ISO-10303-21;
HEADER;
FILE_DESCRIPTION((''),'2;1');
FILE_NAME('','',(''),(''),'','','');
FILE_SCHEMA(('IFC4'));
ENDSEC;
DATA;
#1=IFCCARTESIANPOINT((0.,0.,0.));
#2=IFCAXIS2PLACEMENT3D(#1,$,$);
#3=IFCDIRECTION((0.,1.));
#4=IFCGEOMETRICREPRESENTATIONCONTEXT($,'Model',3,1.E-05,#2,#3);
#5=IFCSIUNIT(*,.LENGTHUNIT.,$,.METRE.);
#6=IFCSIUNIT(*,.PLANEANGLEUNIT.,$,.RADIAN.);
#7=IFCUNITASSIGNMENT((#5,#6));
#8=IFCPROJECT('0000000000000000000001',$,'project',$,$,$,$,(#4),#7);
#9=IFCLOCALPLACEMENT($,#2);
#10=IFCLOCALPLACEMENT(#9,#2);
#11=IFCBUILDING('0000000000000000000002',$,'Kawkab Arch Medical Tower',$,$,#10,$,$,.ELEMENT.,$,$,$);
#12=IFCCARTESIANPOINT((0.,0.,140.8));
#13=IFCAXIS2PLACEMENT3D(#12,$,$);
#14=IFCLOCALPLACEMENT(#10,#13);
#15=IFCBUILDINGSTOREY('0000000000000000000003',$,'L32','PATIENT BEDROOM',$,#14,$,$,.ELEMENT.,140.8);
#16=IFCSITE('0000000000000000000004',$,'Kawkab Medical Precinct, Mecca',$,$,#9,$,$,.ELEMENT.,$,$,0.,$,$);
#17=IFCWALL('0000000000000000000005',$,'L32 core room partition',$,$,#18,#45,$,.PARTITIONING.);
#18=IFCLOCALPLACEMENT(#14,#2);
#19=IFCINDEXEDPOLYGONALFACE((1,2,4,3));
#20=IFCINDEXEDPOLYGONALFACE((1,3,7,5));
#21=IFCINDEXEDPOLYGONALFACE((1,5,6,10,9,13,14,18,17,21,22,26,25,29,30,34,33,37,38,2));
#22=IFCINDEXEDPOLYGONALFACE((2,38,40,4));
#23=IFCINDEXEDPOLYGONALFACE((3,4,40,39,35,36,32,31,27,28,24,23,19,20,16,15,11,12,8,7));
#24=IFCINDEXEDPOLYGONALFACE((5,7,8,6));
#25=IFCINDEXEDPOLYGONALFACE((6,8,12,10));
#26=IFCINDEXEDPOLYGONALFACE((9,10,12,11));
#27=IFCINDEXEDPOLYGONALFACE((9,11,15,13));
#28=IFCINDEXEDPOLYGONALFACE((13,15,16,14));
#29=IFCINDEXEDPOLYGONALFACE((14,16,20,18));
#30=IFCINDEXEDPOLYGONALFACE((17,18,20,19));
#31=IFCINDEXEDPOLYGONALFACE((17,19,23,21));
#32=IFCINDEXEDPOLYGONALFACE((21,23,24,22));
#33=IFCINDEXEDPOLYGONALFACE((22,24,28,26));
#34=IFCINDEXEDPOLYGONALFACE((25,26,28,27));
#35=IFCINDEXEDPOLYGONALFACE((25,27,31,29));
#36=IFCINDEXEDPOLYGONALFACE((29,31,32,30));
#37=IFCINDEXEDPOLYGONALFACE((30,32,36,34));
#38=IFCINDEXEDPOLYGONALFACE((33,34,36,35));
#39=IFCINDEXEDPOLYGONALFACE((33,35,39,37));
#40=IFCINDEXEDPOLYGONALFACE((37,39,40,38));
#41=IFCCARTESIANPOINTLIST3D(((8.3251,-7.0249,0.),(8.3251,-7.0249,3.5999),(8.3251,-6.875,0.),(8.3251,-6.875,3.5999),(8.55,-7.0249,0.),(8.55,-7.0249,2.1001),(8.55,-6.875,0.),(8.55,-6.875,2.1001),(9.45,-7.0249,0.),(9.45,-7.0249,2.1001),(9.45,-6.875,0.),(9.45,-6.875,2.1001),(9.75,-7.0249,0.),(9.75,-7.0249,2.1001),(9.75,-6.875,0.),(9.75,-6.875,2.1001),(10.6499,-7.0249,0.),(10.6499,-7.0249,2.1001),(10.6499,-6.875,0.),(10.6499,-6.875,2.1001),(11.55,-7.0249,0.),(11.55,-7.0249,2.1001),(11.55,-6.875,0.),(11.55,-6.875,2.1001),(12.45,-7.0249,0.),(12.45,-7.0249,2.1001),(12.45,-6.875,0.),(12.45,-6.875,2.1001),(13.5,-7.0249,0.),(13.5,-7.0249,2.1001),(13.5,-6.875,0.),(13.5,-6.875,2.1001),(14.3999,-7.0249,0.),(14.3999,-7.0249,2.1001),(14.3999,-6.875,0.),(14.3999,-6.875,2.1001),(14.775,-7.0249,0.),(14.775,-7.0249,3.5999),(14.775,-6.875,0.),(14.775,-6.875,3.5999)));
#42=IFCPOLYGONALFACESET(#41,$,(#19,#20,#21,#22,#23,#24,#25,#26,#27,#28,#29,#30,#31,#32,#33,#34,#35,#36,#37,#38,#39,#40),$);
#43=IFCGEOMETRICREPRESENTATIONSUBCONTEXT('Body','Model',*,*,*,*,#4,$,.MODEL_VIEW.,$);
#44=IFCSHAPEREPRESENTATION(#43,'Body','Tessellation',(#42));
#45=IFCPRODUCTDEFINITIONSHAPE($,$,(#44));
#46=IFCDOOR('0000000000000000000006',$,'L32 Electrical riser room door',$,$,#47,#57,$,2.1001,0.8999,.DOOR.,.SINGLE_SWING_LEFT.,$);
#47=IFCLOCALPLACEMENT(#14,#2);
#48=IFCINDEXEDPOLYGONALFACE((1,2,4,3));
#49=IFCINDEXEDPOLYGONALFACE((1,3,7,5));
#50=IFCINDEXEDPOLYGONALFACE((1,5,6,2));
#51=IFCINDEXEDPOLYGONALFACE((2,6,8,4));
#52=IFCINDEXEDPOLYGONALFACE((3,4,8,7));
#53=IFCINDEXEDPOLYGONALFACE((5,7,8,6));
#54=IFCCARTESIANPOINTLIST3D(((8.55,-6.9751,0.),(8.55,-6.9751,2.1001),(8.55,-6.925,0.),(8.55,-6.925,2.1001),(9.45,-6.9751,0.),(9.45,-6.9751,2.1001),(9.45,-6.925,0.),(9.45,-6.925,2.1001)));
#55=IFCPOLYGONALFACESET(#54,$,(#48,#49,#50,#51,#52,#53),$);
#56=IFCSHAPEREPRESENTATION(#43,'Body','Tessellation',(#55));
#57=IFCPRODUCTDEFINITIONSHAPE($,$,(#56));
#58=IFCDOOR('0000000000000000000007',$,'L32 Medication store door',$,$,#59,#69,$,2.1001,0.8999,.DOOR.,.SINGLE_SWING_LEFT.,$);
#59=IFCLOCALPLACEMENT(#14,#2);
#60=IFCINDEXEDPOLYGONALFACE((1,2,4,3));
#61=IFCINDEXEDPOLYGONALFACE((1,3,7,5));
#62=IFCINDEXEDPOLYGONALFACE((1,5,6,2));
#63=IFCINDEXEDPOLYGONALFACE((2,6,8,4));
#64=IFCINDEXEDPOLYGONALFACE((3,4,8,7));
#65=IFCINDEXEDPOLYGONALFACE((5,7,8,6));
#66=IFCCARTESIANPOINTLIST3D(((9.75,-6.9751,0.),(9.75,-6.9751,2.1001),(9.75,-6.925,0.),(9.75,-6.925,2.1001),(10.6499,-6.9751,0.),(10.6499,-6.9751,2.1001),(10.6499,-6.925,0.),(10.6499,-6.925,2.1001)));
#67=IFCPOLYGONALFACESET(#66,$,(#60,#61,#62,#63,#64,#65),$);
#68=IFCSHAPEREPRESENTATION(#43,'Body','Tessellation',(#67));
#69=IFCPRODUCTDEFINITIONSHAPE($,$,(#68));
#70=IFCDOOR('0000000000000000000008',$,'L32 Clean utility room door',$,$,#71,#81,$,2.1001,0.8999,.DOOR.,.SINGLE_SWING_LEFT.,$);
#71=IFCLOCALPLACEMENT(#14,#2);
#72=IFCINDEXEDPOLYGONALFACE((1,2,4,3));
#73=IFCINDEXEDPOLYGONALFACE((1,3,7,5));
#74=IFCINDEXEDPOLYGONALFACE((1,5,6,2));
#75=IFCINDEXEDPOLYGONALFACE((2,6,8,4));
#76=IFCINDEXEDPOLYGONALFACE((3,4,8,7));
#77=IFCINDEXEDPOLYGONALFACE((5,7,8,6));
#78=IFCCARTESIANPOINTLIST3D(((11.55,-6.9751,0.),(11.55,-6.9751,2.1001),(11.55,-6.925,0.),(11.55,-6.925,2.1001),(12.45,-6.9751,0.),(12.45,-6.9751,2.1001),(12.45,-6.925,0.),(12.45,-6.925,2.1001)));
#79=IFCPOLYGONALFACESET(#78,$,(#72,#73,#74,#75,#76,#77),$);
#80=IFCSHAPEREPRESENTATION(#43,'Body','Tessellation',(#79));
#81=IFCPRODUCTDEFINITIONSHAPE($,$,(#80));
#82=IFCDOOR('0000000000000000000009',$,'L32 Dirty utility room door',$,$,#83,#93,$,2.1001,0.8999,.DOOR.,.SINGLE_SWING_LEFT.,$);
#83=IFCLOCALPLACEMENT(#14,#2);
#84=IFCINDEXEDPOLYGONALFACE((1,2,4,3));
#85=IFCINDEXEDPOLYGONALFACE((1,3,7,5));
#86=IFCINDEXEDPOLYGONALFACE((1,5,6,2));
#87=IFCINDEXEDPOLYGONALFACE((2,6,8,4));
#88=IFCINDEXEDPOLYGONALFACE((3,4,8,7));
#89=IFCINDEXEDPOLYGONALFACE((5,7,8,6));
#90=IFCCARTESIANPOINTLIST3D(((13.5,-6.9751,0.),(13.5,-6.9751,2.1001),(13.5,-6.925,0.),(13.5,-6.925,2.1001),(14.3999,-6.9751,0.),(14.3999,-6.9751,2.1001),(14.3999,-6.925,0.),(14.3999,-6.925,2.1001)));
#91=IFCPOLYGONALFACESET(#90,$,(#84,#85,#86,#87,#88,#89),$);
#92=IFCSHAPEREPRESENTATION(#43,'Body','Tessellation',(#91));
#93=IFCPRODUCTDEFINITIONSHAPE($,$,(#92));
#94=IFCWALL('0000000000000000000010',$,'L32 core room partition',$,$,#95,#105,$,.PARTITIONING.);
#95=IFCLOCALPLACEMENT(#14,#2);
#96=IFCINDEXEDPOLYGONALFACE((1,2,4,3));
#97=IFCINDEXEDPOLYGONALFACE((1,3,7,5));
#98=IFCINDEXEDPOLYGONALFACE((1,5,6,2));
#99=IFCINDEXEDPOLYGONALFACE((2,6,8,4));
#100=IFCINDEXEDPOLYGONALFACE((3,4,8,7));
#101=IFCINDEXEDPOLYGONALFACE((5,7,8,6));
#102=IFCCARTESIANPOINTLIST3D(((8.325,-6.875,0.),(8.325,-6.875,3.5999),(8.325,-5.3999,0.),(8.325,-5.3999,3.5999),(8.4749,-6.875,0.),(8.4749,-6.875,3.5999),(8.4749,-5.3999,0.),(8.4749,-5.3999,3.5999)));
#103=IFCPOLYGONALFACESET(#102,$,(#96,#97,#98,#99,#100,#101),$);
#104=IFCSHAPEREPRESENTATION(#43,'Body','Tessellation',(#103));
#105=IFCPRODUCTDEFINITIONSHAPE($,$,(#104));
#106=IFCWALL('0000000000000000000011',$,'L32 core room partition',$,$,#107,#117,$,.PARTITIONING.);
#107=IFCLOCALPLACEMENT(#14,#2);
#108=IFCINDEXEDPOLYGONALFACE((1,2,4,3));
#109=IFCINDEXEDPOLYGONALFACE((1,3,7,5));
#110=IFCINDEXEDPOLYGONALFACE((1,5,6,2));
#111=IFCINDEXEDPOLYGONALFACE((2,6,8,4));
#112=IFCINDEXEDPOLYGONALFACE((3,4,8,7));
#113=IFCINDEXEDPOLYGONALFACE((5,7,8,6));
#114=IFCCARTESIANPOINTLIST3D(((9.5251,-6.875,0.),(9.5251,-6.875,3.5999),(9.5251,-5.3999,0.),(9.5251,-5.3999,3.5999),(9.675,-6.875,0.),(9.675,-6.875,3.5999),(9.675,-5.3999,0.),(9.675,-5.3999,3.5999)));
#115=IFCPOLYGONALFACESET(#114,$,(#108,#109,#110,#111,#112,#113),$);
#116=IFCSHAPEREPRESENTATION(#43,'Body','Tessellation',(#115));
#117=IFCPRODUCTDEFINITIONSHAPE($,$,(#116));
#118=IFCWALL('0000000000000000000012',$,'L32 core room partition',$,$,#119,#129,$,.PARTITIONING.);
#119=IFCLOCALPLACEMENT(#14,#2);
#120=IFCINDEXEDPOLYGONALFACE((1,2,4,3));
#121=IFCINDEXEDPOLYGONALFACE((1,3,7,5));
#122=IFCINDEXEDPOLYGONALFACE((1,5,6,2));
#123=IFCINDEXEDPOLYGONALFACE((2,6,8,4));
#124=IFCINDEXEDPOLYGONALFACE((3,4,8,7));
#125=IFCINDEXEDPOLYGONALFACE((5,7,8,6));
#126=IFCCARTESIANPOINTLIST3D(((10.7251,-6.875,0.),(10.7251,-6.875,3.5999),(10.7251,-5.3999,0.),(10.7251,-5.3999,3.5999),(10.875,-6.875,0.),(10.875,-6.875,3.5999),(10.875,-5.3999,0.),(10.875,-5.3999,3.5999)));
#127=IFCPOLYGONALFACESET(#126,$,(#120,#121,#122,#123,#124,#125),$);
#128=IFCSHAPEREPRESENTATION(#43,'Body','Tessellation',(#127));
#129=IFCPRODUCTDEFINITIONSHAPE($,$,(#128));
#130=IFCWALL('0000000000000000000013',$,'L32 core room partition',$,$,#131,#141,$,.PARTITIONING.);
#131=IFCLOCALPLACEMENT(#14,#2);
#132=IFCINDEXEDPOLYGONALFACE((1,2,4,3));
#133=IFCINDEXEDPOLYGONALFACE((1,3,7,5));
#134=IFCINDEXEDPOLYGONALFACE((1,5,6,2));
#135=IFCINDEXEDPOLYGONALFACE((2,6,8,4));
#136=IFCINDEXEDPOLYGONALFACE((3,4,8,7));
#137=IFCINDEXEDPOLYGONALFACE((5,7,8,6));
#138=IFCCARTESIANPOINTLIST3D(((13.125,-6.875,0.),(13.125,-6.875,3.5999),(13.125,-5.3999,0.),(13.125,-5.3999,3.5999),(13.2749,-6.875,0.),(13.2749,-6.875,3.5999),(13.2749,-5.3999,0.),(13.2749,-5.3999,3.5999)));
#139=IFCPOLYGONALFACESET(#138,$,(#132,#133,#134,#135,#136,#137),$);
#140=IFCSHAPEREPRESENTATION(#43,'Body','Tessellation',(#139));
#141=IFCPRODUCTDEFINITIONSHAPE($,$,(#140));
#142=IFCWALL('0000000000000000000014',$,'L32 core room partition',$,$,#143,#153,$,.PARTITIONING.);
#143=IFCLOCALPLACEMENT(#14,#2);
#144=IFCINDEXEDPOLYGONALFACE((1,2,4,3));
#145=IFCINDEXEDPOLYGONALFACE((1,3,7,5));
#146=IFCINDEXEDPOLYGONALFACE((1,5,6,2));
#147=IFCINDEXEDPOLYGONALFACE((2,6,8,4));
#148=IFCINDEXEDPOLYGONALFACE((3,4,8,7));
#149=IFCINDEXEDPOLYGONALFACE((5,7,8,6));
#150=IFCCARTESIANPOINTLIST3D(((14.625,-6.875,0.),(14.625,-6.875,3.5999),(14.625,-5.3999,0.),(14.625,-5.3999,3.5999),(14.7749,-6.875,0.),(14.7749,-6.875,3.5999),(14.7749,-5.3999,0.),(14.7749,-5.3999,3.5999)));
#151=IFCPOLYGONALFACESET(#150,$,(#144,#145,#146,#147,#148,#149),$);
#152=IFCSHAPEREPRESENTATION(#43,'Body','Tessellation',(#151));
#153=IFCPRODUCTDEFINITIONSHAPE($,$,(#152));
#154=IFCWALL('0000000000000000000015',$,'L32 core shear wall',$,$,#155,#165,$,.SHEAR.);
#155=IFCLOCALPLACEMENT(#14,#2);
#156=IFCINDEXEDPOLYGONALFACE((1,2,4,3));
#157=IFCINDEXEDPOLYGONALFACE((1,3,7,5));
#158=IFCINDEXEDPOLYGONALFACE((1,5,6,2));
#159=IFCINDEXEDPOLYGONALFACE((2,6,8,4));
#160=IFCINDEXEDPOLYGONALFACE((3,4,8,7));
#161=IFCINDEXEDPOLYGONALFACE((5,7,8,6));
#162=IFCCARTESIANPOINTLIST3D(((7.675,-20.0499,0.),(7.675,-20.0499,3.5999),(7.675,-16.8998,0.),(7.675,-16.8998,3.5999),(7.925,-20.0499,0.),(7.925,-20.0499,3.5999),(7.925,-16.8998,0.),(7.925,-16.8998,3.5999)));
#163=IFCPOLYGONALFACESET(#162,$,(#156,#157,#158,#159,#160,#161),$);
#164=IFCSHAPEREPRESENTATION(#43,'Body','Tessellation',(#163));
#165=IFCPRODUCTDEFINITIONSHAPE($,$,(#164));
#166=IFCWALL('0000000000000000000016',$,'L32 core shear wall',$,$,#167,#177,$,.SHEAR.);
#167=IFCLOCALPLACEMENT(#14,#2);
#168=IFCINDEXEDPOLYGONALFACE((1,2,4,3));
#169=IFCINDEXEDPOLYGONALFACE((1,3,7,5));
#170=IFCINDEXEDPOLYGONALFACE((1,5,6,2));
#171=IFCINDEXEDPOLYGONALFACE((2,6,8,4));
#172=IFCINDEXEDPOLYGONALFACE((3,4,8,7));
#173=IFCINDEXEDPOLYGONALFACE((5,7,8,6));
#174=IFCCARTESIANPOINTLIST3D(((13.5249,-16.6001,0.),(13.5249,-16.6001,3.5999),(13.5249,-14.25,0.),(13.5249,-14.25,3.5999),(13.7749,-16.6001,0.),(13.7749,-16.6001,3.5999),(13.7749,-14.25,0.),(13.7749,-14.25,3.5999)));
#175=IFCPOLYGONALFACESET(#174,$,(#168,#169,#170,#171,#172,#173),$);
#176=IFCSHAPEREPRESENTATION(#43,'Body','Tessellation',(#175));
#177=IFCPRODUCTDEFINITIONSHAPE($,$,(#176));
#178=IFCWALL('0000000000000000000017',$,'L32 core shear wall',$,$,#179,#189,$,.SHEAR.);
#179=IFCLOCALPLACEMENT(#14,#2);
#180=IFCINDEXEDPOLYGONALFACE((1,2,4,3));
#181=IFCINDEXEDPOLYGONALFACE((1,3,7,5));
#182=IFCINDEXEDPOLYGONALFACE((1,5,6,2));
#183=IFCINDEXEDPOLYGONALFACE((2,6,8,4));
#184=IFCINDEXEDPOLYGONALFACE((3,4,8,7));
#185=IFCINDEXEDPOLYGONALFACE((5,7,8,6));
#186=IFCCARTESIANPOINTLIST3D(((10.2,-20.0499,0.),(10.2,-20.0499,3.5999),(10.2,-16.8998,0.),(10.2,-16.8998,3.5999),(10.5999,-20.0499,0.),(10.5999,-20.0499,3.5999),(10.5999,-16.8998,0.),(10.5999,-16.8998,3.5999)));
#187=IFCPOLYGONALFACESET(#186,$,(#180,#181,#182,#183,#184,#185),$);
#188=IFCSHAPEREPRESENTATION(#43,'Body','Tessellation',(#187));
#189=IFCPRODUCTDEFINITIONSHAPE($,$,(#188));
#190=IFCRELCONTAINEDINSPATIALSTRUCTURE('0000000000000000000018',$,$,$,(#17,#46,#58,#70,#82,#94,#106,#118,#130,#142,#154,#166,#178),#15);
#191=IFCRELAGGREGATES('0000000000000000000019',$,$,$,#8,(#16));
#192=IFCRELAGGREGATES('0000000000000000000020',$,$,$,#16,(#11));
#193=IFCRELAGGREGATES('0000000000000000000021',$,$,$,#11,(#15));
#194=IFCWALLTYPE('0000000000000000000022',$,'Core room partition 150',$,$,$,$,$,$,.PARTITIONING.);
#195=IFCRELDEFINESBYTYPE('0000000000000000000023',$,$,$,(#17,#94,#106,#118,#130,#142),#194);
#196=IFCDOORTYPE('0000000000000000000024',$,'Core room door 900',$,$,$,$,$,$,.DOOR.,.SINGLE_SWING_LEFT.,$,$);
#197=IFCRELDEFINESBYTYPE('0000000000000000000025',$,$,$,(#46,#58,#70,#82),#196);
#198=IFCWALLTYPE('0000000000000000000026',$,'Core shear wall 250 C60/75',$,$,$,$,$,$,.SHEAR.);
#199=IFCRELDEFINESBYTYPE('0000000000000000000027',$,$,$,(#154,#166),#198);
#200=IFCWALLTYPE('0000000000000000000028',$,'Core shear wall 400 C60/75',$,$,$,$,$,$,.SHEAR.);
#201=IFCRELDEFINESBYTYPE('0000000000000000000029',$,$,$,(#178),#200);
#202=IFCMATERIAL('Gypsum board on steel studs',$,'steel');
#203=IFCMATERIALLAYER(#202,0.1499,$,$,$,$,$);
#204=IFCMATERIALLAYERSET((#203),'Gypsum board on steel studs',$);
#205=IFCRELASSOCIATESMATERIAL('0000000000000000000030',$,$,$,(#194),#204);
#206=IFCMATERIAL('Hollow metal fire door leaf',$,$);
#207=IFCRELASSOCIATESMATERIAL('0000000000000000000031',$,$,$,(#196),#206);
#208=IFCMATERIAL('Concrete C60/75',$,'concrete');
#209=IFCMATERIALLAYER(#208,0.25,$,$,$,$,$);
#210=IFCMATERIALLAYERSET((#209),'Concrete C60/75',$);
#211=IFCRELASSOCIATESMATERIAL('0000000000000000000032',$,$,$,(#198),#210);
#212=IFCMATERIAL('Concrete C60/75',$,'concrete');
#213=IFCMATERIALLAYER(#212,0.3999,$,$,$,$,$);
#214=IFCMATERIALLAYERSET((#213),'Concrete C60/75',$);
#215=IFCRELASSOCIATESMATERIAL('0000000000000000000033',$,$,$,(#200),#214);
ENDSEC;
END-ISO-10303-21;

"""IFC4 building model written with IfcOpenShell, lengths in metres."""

from ifc_helpers import new_model, si_unit, direction, frame, frame_2d, origin, place, context, subcontext, project, spatial, rectangle, extrude, material, layer, layer_set, type_object, element, fill, save


model = new_model("IFC4")

# Units and contexts
model_context = context("Model", 3, precision=1e-05, world=origin(), true_north=direction((0.0, 1.0)))
body_context = subcontext(model_context, "Body", "Model", "MODEL_VIEW")
ifc_project = project(units=[si_unit("LENGTHUNIT", "METRE"), si_unit("PLANEANGLEUNIT", "RADIAN")], contexts=[model_context])

# Site, building, storey
site_placement = place(None, origin())
site = spatial("IfcSite", under=ifc_project, at=site_placement, Name="Kawkab Medical Precinct, Mecca", CompositionType="ELEMENT", RefElevation=0.0)
building_placement = place(site_placement, origin())
building = spatial("IfcBuilding", under=site, at=building_placement, Name="Kawkab Arch Medical Tower", CompositionType="ELEMENT")
storey_placement = place(building_placement, frame((0.0, 0.0, 140.8)))
storey = spatial("IfcBuildingStorey", under=building, at=storey_placement, Name="L32", Description="PATIENT BEDROOM", CompositionType="ELEMENT", Elevation=140.8)

# Wall, openings, doors
ifc_material_1 = material(Name="Gypsum board on steel studs", Category="steel")
ifc_layer_1 = layer(ifc_material_1, 0.1499)
ifc_layer_set_1 = layer_set([ifc_layer_1], Name="Gypsum board on steel studs")
wall_type_1 = type_object("IfcWallType", Name="Core room partition 150", PredefinedType="PARTITIONING", material=ifc_layer_set_1)
wall_1_placement = place(storey_placement, frame((8.325, -6.95, 0.0), z_axis=(0.0, 0.0, 1.0), x_axis=(1.0, 0.0, 0.0)))
wall_1 = element("IfcWall", 1, at=wall_1_placement, inside=storey, type_object=wall_type_1, Name="L32 core room partition", PredefinedType="PARTITIONING", context=body_context, shape_type="SweptSolid", body=[
    extrude(rectangle(XDim=6.45, YDim=0.1499, at=frame_2d((3.2251, 0.0))), origin(), (0.0, 0.0, 1.0), 3.5999),
])
opening_1_placement = place(wall_1_placement, frame((0.2251, 0.0, 0.0)))
opening_1 = element("IfcOpeningElement", 2, at=opening_1_placement, cuts=wall_1, PredefinedType="OPENING", context=body_context, shape_type="SweptSolid", body=[
    extrude(rectangle(XDim=0.8999, YDim=2.1001, at=frame_2d((0.45, 1.05))), frame((0.0, 0.085, 0.0), z_axis=(0.0, -1.0, 0.0), x_axis=(1.0, 0.0, 0.0)), (0.0, 0.0, 1.0), 0.1699),
])
opening_2_placement = place(wall_1_placement, frame((1.425, 0.0, 0.0)))
opening_2 = element("IfcOpeningElement", 3, at=opening_2_placement, cuts=wall_1, PredefinedType="OPENING", context=body_context, shape_type="SweptSolid", body=[
    extrude(rectangle(XDim=0.8999, YDim=2.1001, at=frame_2d((0.45, 1.05))), frame((0.0, 0.085, 0.0), z_axis=(0.0, -1.0, 0.0), x_axis=(1.0, 0.0, 0.0)), (0.0, 0.0, 1.0), 0.1699),
])
opening_3_placement = place(wall_1_placement, frame((3.2251, 0.0, 0.0)))
opening_3 = element("IfcOpeningElement", 4, at=opening_3_placement, cuts=wall_1, PredefinedType="OPENING", context=body_context, shape_type="SweptSolid", body=[
    extrude(rectangle(XDim=0.8999, YDim=2.1001, at=frame_2d((0.45, 1.05))), frame((0.0, 0.085, 0.0), z_axis=(0.0, -1.0, 0.0), x_axis=(1.0, 0.0, 0.0)), (0.0, 0.0, 1.0), 0.1699),
])
opening_4_placement = place(wall_1_placement, frame((5.175, 0.0, 0.0)))
opening_4 = element("IfcOpeningElement", 5, at=opening_4_placement, cuts=wall_1, PredefinedType="OPENING", context=body_context, shape_type="SweptSolid", body=[
    extrude(rectangle(XDim=0.8999, YDim=2.1001, at=frame_2d((0.45, 1.05))), frame((0.0, 0.085, 0.0), z_axis=(0.0, -1.0, 0.0), x_axis=(1.0, 0.0, 0.0)), (0.0, 0.0, 1.0), 0.1699),
])
ifc_material_2 = material(Name="Hollow metal fire door leaf")
door_type = type_object("IfcDoorType", Name="Core room door 900", OperationType="SINGLE_SWING_LEFT", PredefinedType="DOOR", material=ifc_material_2)
door_1_placement = place(opening_1_placement, origin())
door_1 = element("IfcDoor", 6, at=door_1_placement, inside=storey, type_object=door_type, Name="L32 Electrical riser room door", OperationType="SINGLE_SWING_LEFT", OverallHeight=2.1001, OverallWidth=0.8999, PredefinedType="DOOR", context=body_context, shape_type="SweptSolid", body=[
    extrude(rectangle(XDim=0.8999, YDim=2.1001, at=frame_2d((0.45, 1.05))), frame((0.0, 0.0249, 0.0), z_axis=(0.0, -1.0, 0.0), x_axis=(1.0, 0.0, 0.0)), (0.0, 0.0, 1.0), 0.05),
])
fill(opening_1, door_1)
door_2_placement = place(opening_2_placement, origin())
door_2 = element("IfcDoor", 7, at=door_2_placement, inside=storey, type_object=door_type, Name="L32 Medication store door", OperationType="SINGLE_SWING_LEFT", OverallHeight=2.1001, OverallWidth=0.8999, PredefinedType="DOOR", context=body_context, shape_type="SweptSolid", body=[
    extrude(rectangle(XDim=0.8999, YDim=2.1001, at=frame_2d((0.45, 1.05))), frame((0.0, 0.0249, 0.0), z_axis=(0.0, -1.0, 0.0), x_axis=(1.0, 0.0, 0.0)), (0.0, 0.0, 1.0), 0.05),
])
fill(opening_2, door_2)
door_3_placement = place(opening_3_placement, origin())
door_3 = element("IfcDoor", 8, at=door_3_placement, inside=storey, type_object=door_type, Name="L32 Clean utility room door", OperationType="SINGLE_SWING_LEFT", OverallHeight=2.1001, OverallWidth=0.8999, PredefinedType="DOOR", context=body_context, shape_type="SweptSolid", body=[
    extrude(rectangle(XDim=0.8999, YDim=2.1001, at=frame_2d((0.45, 1.05))), frame((0.0, 0.0249, 0.0), z_axis=(0.0, -1.0, 0.0), x_axis=(1.0, 0.0, 0.0)), (0.0, 0.0, 1.0), 0.05),
])
fill(opening_3, door_3)
door_4_placement = place(opening_4_placement, origin())
door_4 = element("IfcDoor", 9, at=door_4_placement, inside=storey, type_object=door_type, Name="L32 Dirty utility room door", OperationType="SINGLE_SWING_LEFT", OverallHeight=2.1001, OverallWidth=0.8999, PredefinedType="DOOR", context=body_context, shape_type="SweptSolid", body=[
    extrude(rectangle(XDim=0.8999, YDim=2.1001, at=frame_2d((0.45, 1.05))), frame((0.0, 0.0249, 0.0), z_axis=(0.0, -1.0, 0.0), x_axis=(1.0, 0.0, 0.0)), (0.0, 0.0, 1.0), 0.05),
])
fill(opening_4, door_4)

# Walls
for number, where, z_axis, x_axis, name in (
    (10, (8.3999, -6.875, 0.0), (0.0, 0.0, 1.0), (0.0, 1.0, 0.0), "L32 core room partition"),
    (11, (9.6001, -6.875, 0.0), (0.0, 0.0, 1.0), (0.0, 1.0, 0.0), "L32 core room partition"),
    (12, (10.8, -6.875, 0.0), (0.0, 0.0, 1.0), (0.0, 1.0, 0.0), "L32 core room partition"),
    (13, (13.2, -6.875, 0.0), (0.0, 0.0, 1.0), (0.0, 1.0, 0.0), "L32 core room partition"),
    (14, (14.7, -6.875, 0.0), (0.0, 0.0, 1.0), (0.0, 1.0, 0.0), "L32 core room partition"),
):
    element("IfcWall", number, at=place(storey_placement, frame(where, z_axis=z_axis, x_axis=x_axis)), inside=storey, type_object=wall_type_1, Name=name, PredefinedType="PARTITIONING", context=body_context, shape_type="SweptSolid", body=[
        extrude(rectangle(XDim=1.4751, YDim=0.1499, at=frame_2d((0.7375, 0.0))), origin(), (0.0, 0.0, 1.0), 3.5999),
    ])
ifc_material_3 = material(Name="Concrete C60/75", Category="concrete")
ifc_layer_2 = layer(ifc_material_3, 0.25)
ifc_layer_set_2 = layer_set([ifc_layer_2], Name="Concrete C60/75")
wall_type_2 = type_object("IfcWallType", Name="Core shear wall 250 C60/75", PredefinedType="SHEAR", material=ifc_layer_set_2)
wall_2_placement = place(storey_placement, frame((7.8, -20.05, 0.0), z_axis=(0.0, 0.0, 1.0), x_axis=(0.0, 1.0, 0.0)))
element("IfcWall", 15, at=wall_2_placement, inside=storey, type_object=wall_type_2, Name="L32 core shear wall", PredefinedType="SHEAR", context=body_context, shape_type="SweptSolid", body=[
    extrude(rectangle(XDim=3.1501, YDim=0.25, at=frame_2d((1.5752, 0.0))), origin(), (0.0, 0.0, 1.0), 3.5999),
])
wall_3_placement = place(storey_placement, frame((13.6499, -16.6001, 0.0), z_axis=(0.0, 0.0, 1.0), x_axis=(0.0, 1.0, 0.0)))
element("IfcWall", 16, at=wall_3_placement, inside=storey, type_object=wall_type_2, Name="L32 core shear wall", PredefinedType="SHEAR", context=body_context, shape_type="SweptSolid", body=[
    extrude(rectangle(XDim=2.3501, YDim=0.25, at=frame_2d((1.175, 0.0))), origin(), (0.0, 0.0, 1.0), 3.5999),
])
ifc_material_4 = material(Name="Concrete C60/75", Category="concrete")
ifc_layer_3 = layer(ifc_material_4, 0.3999)
ifc_layer_set_3 = layer_set([ifc_layer_3], Name="Concrete C60/75")
wall_type_3 = type_object("IfcWallType", Name="Core shear wall 400 C60/75", PredefinedType="SHEAR", material=ifc_layer_set_3)
wall_4_placement = place(storey_placement, frame((10.3999, -20.05, 0.0), z_axis=(0.0, 0.0, 1.0), x_axis=(0.0, 1.0, 0.0)))
element("IfcWall", 17, at=wall_4_placement, inside=storey, type_object=wall_type_3, Name="L32 core shear wall", PredefinedType="SHEAR", context=body_context, shape_type="SweptSolid", body=[
    extrude(rectangle(XDim=3.1501, YDim=0.3999, at=frame_2d((1.5752, 0.0))), origin(), (0.0, 0.0, 1.0), 3.5999),
])

save(model, "model.ifc")
